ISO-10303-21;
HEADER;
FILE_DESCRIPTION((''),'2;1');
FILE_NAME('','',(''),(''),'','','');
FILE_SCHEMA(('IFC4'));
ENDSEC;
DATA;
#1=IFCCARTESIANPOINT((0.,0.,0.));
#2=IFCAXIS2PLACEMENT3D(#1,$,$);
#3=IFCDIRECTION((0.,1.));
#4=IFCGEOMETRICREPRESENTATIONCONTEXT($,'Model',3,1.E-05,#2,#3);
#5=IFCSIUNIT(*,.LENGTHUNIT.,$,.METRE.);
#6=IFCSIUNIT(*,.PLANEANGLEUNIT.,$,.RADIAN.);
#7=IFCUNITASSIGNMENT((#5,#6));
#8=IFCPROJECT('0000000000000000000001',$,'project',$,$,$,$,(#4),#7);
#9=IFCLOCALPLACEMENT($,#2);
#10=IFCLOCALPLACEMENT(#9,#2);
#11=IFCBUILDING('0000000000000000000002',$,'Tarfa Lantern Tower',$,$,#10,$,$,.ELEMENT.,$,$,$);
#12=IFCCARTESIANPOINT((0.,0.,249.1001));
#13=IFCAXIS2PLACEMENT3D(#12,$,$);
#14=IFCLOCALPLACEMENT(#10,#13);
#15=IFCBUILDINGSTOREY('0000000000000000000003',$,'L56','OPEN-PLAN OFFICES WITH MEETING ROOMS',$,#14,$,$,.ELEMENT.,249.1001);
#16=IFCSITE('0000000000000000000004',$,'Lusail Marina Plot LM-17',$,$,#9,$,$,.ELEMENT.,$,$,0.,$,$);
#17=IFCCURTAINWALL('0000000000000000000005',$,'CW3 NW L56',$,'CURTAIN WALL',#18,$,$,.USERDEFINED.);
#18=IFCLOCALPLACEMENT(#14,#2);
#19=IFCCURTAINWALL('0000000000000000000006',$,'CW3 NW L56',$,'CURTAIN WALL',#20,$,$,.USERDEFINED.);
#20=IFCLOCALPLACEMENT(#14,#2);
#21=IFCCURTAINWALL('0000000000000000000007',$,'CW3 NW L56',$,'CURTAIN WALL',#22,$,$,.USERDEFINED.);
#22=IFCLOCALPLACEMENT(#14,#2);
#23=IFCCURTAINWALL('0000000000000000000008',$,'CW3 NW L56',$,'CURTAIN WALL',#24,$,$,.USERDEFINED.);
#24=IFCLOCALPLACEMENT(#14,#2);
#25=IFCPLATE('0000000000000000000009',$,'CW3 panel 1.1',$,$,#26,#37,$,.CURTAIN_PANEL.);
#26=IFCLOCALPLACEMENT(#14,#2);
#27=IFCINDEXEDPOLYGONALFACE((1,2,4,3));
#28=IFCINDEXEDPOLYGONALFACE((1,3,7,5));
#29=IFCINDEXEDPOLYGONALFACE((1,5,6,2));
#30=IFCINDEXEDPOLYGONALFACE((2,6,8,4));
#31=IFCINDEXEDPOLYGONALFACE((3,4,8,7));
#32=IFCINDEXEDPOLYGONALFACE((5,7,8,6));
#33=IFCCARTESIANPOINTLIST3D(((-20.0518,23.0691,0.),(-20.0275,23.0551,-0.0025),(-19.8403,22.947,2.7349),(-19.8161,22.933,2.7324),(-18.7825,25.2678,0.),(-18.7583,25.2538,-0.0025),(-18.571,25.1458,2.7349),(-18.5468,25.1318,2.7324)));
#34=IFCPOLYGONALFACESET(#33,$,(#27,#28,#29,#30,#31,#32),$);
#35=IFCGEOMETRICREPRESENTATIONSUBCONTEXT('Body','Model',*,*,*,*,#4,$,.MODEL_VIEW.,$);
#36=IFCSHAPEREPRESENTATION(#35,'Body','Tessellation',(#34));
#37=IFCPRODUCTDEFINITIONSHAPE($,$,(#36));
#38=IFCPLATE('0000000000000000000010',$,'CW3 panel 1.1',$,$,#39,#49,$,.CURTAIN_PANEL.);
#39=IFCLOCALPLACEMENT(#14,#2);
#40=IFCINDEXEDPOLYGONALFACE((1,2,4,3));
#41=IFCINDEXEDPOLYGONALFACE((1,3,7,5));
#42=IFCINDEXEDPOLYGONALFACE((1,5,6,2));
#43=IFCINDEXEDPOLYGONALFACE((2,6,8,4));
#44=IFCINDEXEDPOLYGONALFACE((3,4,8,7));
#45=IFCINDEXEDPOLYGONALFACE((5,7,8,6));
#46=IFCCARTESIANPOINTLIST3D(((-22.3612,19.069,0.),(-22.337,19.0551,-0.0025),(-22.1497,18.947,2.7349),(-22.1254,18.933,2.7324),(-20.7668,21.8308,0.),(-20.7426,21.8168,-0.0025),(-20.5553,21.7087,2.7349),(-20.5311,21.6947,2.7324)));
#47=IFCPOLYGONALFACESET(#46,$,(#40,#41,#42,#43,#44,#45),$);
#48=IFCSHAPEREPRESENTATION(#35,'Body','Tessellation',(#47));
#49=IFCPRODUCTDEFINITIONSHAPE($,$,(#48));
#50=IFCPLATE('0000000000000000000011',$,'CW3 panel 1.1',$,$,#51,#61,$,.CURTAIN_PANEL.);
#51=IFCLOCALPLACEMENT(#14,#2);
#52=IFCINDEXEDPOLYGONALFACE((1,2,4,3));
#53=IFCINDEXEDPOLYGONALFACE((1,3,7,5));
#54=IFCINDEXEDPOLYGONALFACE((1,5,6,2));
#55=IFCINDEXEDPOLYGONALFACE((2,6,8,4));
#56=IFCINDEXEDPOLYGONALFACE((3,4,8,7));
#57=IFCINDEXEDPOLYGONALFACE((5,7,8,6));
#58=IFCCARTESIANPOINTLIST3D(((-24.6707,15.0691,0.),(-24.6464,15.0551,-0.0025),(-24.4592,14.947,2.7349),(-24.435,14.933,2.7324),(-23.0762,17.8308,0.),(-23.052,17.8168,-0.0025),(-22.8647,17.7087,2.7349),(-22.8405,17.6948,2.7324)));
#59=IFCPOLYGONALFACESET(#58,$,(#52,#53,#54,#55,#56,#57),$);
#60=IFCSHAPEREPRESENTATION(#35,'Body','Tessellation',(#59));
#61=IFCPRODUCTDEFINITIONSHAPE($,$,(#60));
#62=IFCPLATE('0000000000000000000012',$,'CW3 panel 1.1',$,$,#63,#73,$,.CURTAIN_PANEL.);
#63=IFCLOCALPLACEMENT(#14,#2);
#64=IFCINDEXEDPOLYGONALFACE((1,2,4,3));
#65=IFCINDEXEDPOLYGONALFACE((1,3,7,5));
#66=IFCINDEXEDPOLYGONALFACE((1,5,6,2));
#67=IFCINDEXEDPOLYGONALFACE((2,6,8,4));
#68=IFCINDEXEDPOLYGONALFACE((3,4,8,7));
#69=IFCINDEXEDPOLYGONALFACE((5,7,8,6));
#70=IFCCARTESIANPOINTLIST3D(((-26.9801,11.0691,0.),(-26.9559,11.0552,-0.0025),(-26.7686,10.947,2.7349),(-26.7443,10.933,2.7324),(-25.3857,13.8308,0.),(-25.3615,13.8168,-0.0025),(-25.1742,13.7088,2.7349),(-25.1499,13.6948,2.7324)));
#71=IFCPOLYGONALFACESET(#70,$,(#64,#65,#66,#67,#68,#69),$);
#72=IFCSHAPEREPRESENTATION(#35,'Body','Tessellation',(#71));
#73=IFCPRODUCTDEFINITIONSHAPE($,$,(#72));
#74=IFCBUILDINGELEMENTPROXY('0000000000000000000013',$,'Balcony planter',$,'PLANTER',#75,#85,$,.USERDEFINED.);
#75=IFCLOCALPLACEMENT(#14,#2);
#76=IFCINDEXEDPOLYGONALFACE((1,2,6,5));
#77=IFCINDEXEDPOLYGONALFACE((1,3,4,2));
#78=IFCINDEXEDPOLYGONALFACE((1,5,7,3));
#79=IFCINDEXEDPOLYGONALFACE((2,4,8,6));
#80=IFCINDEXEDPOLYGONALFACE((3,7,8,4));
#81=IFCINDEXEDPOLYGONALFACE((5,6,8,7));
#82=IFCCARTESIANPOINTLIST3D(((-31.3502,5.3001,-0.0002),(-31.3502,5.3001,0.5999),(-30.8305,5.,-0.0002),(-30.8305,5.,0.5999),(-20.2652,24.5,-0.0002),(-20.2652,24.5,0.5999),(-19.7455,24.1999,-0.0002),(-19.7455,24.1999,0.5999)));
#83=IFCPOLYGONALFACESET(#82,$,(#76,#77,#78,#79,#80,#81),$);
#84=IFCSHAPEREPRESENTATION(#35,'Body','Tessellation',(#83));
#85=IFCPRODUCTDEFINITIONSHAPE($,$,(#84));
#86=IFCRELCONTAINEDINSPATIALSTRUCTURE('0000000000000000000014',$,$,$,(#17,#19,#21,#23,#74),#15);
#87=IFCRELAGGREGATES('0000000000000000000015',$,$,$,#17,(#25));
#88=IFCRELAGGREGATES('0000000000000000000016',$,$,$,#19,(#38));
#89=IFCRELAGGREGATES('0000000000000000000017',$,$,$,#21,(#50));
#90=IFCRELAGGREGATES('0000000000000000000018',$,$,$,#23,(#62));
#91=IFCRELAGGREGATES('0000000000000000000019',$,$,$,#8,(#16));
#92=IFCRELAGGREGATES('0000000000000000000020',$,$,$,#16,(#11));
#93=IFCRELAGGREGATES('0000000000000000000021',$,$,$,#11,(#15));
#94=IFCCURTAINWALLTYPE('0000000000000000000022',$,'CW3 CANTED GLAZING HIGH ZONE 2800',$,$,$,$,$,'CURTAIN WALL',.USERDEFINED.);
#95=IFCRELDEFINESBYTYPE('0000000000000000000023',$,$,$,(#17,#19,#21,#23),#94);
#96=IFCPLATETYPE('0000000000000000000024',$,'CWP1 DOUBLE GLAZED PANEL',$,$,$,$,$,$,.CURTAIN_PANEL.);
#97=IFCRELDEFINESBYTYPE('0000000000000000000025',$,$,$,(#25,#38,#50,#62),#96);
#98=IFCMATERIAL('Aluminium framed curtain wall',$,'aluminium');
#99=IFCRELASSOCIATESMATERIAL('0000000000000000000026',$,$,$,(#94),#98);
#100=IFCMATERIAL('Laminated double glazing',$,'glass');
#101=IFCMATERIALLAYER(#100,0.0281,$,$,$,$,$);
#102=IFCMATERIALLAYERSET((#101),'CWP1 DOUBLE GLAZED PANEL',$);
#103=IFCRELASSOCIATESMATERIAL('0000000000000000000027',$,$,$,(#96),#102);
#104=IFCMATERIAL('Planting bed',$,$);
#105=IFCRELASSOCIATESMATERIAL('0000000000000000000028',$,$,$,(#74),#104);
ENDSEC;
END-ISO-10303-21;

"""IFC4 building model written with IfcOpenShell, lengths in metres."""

from ifc_helpers import new_model, si_unit, direction, frame, origin, origin_2d, place, context, subcontext, project, spatial, polyline, rectangle, outline, extrude, material, layer, layer_set, type_object, element, aggregate, save


model = new_model("IFC4")

# Units and contexts
model_context = context("Model", 3, precision=1e-05, world=origin(), true_north=direction((0.0, 1.0)))
body_context = subcontext(model_context, "Body", "Model", "MODEL_VIEW")
ifc_project = project(units=[si_unit("LENGTHUNIT", "METRE"), si_unit("PLANEANGLEUNIT", "RADIAN")], contexts=[model_context])

# Site, building, storey
site_placement = place(None, origin())
site = spatial("IfcSite", under=ifc_project, at=site_placement, Name="Lusail Marina Plot LM-17", CompositionType="ELEMENT", RefElevation=0.0)
building_placement = place(site_placement, origin())
building = spatial("IfcBuilding", under=site, at=building_placement, Name="Tarfa Lantern Tower", CompositionType="ELEMENT")
storey_placement = place(building_placement, frame((0.0, 0.0, 249.1001)))
storey = spatial("IfcBuildingStorey", under=building, at=storey_placement, Name="L56", Description="OPEN-PLAN OFFICES WITH MEETING ROOMS", CompositionType="ELEMENT", Elevation=249.1001)

# Curtain wall
ifc_material_1 = material(Name="Aluminium framed curtain wall", Category="aluminium")
curtain_wall_type = type_object("IfcCurtainWallType", Name="CW3 CANTED GLAZING HIGH ZONE 2800", ElementType="CURTAIN WALL", PredefinedType="USERDEFINED", material=ifc_material_1)
curtain_wall_1_placement = place(storey_placement, origin())
curtain_wall_1 = element("IfcCurtainWall", 1, at=curtain_wall_1_placement, inside=storey, type_object=curtain_wall_type, Name="CW3 NW L56", ObjectType="CURTAIN WALL", PredefinedType="USERDEFINED")

# Curtain walls
curtain_wall_2_placement = place(storey_placement, origin())
curtain_wall_2 = element("IfcCurtainWall", 2, at=curtain_wall_2_placement, inside=storey, type_object=curtain_wall_type, Name="CW3 NW L56", ObjectType="CURTAIN WALL", PredefinedType="USERDEFINED")
curtain_wall_3_placement = place(storey_placement, origin())
curtain_wall_3 = element("IfcCurtainWall", 3, at=curtain_wall_3_placement, inside=storey, type_object=curtain_wall_type, Name="CW3 NW L56", ObjectType="CURTAIN WALL", PredefinedType="USERDEFINED")

# Curtain wall
curtain_wall_4_placement = place(storey_placement, origin())
curtain_wall_4 = element("IfcCurtainWall", 4, at=curtain_wall_4_placement, inside=storey, type_object=curtain_wall_type, Name="CW3 NW L56", ObjectType="CURTAIN WALL", PredefinedType="USERDEFINED")

# Plates
ifc_material_2 = material(Name="Laminated double glazing", Category="glass")
ifc_layer = layer(ifc_material_2, 0.0281)
ifc_layer_set = layer_set([ifc_layer], Name="CWP1 DOUBLE GLAZED PANEL")
plate_type = type_object("IfcPlateType", Name="CWP1 DOUBLE GLAZED PANEL", PredefinedType="CURTAIN_PANEL", material=ifc_layer_set)
plate_1_placement = place(storey_placement, frame((-18.7825, 25.2678, 0.0), z_axis=(-0.862621, 0.497975, 0.088914), x_axis=(-0.499956, -0.866051, 0.0)))
plate_1 = element("IfcPlate", 5, at=plate_1_placement, type_object=plate_type, Name="CW3 panel 1.1", PredefinedType="CURTAIN_PANEL", context=body_context, shape_type="SweptSolid", body=[
    extrude(outline(polyline([(0.0, 0.0), (2.5388, 0.0), (2.5388, 2.7457), (0.0, 2.7457), (0.0, 0.0)])), origin(), (0.0, 0.0, -1.0), 0.0281),
])
aggregate(curtain_wall_1, [plate_1])
plate_2_placement = place(storey_placement, frame((-20.7668, 21.8308, 0.0), z_axis=(-0.862608, 0.49799, 0.088952), x_axis=(-0.499972, -0.866041, -0.000003)))
plate_2 = element("IfcPlate", 6, at=plate_2_placement, type_object=plate_type, Name="CW3 panel 1.1", PredefinedType="CURTAIN_PANEL", context=body_context, shape_type="SweptSolid", body=[
    extrude(outline(polyline([(0.0, 0.0), (3.189, 0.0), (3.1888, 2.7458), (0.0, 2.7457), (0.0, 0.0)])), origin(), (0.0, 0.0, -1.0), 0.0281),
])
aggregate(curtain_wall_2, [plate_2])
plate_3_placement = place(storey_placement, frame((-23.0762, 17.8308, 0.0), z_axis=(-0.862595, 0.49802, 0.088914), x_axis=(-0.500001, -0.866025, 0.0)))
plate_3 = element("IfcPlate", 7, at=plate_3_placement, type_object=plate_type, Name="CW3 panel 1.1", PredefinedType="CURTAIN_PANEL", context=body_context, shape_type="SweptSolid", body=[
    extrude(outline(polyline([(0.0, 0.0), (3.189, 0.0), (3.189, 2.7457), (0.0, 2.7457), (0.0, 0.0)])), origin(), (0.0, 0.0, -1.0), 0.0281),
])
aggregate(curtain_wall_3, [plate_3])
plate_4_placement = place(storey_placement, frame((-25.3857, 13.8308, 0.0), z_axis=(-0.862608, 0.49799, 0.088952), x_axis=(-0.499972, -0.866042, 0.000003)))
plate_4 = element("IfcPlate", 8, at=plate_4_placement, type_object=plate_type, Name="CW3 panel 1.1", PredefinedType="CURTAIN_PANEL", context=body_context, shape_type="SweptSolid", body=[
    extrude(outline(polyline([(0.0, 0.0), (3.1888, 0.0), (3.1889, 2.7457), (-0.0001, 2.7458), (0.0, 0.0)])), origin(), (0.0, 0.0, -1.0), 0.0281),
])
aggregate(curtain_wall_4, [plate_4])

# Building element proxy
ifc_material_3 = material(Name="Planting bed")
proxy_placement = place(storey_placement, frame((-25.5479, 14.75, -0.0002), z_axis=(0.0, 0.0, 1.0), x_axis=(-0.5, -0.866025, 0.0)))
element("IfcBuildingElementProxy", 9, at=proxy_placement, inside=storey, material=ifc_material_3, Name="Balcony planter", ObjectType="PLANTER", PredefinedType="USERDEFINED", context=body_context, shape_type="SweptSolid", body=[
    extrude(rectangle(XDim=22.1702, YDim=0.6001, at=origin_2d()), origin(), (0.0, 0.0, 1.0), 0.6001),
])

save(model, "model.ifc")
